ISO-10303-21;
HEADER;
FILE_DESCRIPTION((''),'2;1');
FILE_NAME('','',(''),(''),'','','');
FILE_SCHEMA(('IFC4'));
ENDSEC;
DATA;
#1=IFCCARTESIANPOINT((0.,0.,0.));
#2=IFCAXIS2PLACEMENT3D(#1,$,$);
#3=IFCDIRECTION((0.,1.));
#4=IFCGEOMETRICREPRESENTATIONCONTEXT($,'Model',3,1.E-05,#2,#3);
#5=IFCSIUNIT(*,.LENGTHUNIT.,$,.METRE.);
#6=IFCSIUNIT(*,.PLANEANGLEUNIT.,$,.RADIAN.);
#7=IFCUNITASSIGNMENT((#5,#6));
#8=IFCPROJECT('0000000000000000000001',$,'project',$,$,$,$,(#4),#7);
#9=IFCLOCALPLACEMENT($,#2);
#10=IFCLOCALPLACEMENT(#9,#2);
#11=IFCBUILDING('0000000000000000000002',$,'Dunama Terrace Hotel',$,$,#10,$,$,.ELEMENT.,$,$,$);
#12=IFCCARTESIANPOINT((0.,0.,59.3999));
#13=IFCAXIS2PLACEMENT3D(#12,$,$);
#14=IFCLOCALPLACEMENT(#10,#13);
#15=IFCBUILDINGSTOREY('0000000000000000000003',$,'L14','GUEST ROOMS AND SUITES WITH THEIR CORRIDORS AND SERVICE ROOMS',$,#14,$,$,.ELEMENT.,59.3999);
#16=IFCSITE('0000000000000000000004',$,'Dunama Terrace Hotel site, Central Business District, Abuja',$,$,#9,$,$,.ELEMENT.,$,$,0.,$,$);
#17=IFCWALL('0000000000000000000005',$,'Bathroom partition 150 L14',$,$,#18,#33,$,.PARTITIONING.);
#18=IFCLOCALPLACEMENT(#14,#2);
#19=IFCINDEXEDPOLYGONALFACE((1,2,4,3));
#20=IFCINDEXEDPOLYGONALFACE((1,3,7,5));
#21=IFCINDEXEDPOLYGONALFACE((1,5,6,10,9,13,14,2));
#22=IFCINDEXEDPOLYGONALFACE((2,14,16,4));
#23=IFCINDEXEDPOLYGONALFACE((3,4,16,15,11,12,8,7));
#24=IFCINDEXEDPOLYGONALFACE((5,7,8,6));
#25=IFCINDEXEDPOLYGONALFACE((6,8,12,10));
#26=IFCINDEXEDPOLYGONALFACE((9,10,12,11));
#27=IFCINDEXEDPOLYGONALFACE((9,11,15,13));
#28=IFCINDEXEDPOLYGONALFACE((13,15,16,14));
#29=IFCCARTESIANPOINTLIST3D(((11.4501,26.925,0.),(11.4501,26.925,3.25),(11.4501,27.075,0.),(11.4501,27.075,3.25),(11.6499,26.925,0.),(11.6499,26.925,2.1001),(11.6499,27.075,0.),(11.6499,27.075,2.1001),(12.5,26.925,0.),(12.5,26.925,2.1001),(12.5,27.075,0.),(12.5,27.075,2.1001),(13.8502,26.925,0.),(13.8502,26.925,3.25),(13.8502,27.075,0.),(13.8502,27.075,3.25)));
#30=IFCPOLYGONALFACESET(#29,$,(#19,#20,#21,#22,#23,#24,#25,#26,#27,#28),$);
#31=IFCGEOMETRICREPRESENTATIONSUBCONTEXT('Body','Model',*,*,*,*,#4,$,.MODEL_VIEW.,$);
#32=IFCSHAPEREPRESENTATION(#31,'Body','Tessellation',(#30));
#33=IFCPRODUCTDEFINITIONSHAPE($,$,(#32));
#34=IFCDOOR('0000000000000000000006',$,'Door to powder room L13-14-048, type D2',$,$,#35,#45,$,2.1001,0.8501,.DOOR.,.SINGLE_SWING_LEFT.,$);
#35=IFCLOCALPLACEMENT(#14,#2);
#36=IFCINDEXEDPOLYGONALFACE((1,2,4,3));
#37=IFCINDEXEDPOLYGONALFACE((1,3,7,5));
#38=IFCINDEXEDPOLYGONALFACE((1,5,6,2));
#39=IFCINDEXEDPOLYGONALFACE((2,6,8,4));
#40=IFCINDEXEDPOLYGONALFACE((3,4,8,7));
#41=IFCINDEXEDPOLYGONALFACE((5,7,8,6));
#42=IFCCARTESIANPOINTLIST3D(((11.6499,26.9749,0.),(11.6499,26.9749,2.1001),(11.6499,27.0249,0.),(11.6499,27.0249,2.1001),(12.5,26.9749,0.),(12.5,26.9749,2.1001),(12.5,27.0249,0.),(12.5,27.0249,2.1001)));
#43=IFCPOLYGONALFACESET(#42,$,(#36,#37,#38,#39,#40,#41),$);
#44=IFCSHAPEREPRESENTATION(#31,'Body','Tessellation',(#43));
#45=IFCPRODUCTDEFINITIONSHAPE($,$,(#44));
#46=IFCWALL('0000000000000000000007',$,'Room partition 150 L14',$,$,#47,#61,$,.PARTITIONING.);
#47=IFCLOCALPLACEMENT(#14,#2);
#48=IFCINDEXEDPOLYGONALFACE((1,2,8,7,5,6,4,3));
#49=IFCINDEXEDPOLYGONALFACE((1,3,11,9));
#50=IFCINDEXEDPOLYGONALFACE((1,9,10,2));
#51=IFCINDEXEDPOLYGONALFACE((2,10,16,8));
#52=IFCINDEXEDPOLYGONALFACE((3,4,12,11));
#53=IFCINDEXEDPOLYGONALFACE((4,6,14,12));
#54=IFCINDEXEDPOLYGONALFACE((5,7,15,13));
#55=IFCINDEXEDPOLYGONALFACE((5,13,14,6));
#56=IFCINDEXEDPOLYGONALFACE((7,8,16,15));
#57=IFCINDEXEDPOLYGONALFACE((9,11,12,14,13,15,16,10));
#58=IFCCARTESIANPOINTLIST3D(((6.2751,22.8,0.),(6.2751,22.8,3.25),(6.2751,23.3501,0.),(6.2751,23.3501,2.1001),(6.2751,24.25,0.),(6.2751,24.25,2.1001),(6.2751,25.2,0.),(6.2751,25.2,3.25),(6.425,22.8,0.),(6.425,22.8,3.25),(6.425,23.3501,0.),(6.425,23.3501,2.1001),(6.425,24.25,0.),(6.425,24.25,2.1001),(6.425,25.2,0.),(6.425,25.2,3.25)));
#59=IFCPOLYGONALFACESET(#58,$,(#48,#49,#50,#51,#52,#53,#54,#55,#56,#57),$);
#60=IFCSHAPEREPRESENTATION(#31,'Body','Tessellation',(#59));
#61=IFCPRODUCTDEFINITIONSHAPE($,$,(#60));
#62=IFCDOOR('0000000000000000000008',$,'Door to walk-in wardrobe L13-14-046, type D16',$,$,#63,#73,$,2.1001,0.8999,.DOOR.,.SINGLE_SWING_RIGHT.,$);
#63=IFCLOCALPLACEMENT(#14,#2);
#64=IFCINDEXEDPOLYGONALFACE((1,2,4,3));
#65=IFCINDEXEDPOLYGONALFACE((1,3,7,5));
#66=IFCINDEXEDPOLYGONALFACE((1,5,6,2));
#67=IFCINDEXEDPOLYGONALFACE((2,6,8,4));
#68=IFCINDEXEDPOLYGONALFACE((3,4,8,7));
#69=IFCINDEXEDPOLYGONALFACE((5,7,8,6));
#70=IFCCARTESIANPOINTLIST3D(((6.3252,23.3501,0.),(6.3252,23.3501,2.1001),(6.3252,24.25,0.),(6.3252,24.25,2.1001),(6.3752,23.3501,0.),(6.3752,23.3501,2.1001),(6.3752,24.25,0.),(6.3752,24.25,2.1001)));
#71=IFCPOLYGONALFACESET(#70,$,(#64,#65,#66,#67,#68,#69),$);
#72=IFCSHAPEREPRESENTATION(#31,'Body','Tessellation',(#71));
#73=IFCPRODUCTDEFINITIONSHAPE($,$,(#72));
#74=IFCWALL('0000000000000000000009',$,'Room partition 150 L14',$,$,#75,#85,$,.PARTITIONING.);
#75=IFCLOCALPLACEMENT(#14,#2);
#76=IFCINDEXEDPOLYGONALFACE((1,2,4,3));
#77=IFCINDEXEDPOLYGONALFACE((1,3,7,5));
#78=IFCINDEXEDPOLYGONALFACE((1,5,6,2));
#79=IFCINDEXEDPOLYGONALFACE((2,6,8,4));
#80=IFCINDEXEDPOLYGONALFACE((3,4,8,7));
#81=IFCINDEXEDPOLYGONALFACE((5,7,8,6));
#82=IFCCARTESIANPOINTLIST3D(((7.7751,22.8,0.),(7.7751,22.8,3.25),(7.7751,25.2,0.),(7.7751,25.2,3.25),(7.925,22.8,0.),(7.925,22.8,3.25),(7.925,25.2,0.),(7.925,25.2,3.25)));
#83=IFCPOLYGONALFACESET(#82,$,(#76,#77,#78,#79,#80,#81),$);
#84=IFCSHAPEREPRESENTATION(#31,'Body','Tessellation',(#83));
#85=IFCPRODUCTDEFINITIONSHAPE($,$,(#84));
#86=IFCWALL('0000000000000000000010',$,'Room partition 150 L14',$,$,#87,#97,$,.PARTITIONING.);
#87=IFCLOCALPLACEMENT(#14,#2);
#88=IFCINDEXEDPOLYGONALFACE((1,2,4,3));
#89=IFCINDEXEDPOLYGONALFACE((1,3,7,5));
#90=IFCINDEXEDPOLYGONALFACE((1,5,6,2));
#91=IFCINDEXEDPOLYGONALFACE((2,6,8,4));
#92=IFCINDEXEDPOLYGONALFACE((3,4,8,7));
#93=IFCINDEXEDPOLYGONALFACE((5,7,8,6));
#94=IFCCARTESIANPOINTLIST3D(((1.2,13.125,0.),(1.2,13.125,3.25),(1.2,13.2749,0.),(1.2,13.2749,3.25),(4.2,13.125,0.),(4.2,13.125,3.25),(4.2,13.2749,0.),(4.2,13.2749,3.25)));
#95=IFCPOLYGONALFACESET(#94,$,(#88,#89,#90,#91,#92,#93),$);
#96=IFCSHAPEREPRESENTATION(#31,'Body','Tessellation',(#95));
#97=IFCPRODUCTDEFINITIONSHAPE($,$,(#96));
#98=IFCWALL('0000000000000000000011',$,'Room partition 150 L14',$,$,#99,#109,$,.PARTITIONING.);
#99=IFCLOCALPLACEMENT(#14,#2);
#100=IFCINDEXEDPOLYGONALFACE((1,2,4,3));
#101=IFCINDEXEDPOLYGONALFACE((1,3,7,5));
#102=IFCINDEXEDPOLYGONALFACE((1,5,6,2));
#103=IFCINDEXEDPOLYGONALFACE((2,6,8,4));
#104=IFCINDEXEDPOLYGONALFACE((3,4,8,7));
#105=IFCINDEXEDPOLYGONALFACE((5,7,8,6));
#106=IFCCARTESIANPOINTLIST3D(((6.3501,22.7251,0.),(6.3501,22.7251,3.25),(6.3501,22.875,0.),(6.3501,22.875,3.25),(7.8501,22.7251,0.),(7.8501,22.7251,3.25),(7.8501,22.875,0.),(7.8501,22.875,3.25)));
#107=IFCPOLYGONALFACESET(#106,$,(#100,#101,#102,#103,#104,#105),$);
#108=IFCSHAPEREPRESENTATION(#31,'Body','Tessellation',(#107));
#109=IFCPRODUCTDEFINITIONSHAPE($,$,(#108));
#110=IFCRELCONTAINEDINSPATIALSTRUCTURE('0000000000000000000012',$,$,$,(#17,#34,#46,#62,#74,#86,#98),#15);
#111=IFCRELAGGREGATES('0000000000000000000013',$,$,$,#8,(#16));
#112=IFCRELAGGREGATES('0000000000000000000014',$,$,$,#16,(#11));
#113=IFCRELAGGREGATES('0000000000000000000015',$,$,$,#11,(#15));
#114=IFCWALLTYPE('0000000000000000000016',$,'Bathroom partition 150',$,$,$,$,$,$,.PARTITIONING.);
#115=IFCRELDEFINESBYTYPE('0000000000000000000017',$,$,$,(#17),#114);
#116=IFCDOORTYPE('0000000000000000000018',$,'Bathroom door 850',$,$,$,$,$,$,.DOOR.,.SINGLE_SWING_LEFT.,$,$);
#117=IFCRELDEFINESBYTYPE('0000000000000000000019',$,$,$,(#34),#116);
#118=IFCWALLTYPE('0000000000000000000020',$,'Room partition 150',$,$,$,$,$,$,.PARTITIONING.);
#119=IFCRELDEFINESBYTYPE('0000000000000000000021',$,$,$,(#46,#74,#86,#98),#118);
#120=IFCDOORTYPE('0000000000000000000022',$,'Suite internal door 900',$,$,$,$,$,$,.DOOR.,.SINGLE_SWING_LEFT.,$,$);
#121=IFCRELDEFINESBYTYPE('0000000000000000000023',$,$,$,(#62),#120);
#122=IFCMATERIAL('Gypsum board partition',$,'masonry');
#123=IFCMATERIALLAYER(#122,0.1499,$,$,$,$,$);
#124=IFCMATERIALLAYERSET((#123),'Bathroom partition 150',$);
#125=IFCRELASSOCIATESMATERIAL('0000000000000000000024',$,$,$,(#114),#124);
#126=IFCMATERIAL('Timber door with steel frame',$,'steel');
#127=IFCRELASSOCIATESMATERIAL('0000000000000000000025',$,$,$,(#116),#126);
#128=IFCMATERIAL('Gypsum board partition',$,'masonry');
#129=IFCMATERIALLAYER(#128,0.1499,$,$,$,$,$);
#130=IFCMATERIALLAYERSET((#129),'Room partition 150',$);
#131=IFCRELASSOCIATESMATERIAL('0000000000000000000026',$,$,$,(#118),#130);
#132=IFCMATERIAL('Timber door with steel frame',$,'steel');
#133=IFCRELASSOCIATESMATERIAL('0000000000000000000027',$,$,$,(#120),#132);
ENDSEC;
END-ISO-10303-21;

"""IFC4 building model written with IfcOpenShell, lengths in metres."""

from ifc_helpers import new_model, si_unit, direction, frame, frame_2d, origin, place, context, subcontext, project, spatial, rectangle, extrude, material, layer, layer_set, type_object, element, fill, save


model = new_model("IFC4")

# Units and contexts
model_context = context("Model", 3, precision=1e-05, world=origin(), true_north=direction((0.0, 1.0)))
body_context = subcontext(model_context, "Body", "Model", "MODEL_VIEW")
ifc_project = project(units=[si_unit("LENGTHUNIT", "METRE"), si_unit("PLANEANGLEUNIT", "RADIAN")], contexts=[model_context])

# Site, building, storey
site_placement = place(None, origin())
site = spatial("IfcSite", under=ifc_project, at=site_placement, Name="Dunama Terrace Hotel site, Central Business District, Abuja", CompositionType="ELEMENT", RefElevation=0.0)
building_placement = place(site_placement, origin())
building = spatial("IfcBuilding", under=site, at=building_placement, Name="Dunama Terrace Hotel", CompositionType="ELEMENT")
storey_placement = place(building_placement, frame((0.0, 0.0, 59.3999)))
storey = spatial("IfcBuildingStorey", under=building, at=storey_placement, Name="L14", Description="GUEST ROOMS AND SUITES WITH THEIR CORRIDORS AND SERVICE ROOMS", CompositionType="ELEMENT", Elevation=59.3999)

# Shared definitions
ifc_material_1 = material(Name="Gypsum board partition", Category="masonry")
ifc_layer_1 = layer(ifc_material_1, 0.1499)
ifc_layer_set_1 = layer_set([ifc_layer_1], Name="Bathroom partition 150")
wall_type_1 = type_object("IfcWallType", Name="Bathroom partition 150", PredefinedType="PARTITIONING", material=ifc_layer_set_1)
ifc_material_2 = material(Name="Timber door with steel frame", Category="steel")
door_type_1 = type_object("IfcDoorType", Name="Bathroom door 850", OperationType="SINGLE_SWING_LEFT", PredefinedType="DOOR", material=ifc_material_2)

# Walls, openings, doors
wall_1_placement = place(storey_placement, frame((11.45, 27.0, 0.0), z_axis=(0.0, 0.0, 1.0), x_axis=(1.0, 0.0, 0.0)))
wall_1 = element("IfcWall", 1, at=wall_1_placement, inside=storey, type_object=wall_type_1, Name="Bathroom partition 150 L14", PredefinedType="PARTITIONING", context=body_context, shape_type="SweptSolid", body=[
    extrude(rectangle(XDim=2.4001, YDim=0.1499, at=frame_2d((1.2002, 0.0))), origin(), (0.0, 0.0, 1.0), 3.25),
])
opening_1_placement = place(wall_1_placement, frame((0.2, 0.0, 0.0)))
opening_1 = element("IfcOpeningElement", 2, at=opening_1_placement, cuts=wall_1, PredefinedType="OPENING", context=body_context, shape_type="SweptSolid", body=[
    extrude(rectangle(XDim=0.8501, YDim=2.1001, at=frame_2d((0.425, 1.05))), frame((0.0, 0.085, 0.0), z_axis=(0.0, -1.0, 0.0), x_axis=(1.0, 0.0, 0.0)), (0.0, 0.0, 1.0), 0.1699),
])
door_1_placement = place(opening_1_placement, frame((0.8501, 0.0, 0.0), z_axis=(0.0, 0.0, 1.0), x_axis=(-1.0, 0.0, 0.0)))
door_1 = element("IfcDoor", 3, at=door_1_placement, inside=storey, type_object=door_type_1, Name="Door to powder room L13-14-048, type D2", OperationType="SINGLE_SWING_LEFT", OverallHeight=2.1001, OverallWidth=0.8501, PredefinedType="DOOR", context=body_context, shape_type="SweptSolid", body=[
    extrude(rectangle(XDim=0.8501, YDim=2.1001, at=frame_2d((0.425, 1.05))), frame((0.0, 0.0251, 0.0), z_axis=(0.0, -1.0, 0.0), x_axis=(1.0, 0.0, 0.0)), (0.0, 0.0, 1.0), 0.05),
])
fill(opening_1, door_1)
ifc_material_3 = material(Name="Gypsum board partition", Category="masonry")
ifc_layer_2 = layer(ifc_material_3, 0.1499)
ifc_layer_set_2 = layer_set([ifc_layer_2], Name="Room partition 150")
wall_type_2 = type_object("IfcWallType", Name="Room partition 150", PredefinedType="PARTITIONING", material=ifc_layer_set_2)
wall_2_placement = place(storey_placement, frame((6.3501, 22.8, 0.0), z_axis=(0.0, 0.0, 1.0), x_axis=(0.0, 1.0, 0.0)))
wall_2 = element("IfcWall", 4, at=wall_2_placement, inside=storey, type_object=wall_type_2, Name="Room partition 150 L14", PredefinedType="PARTITIONING", context=body_context, shape_type="SweptSolid", body=[
    extrude(rectangle(XDim=2.3999, YDim=0.1499, at=frame_2d((1.2, 0.0))), origin(), (0.0, 0.0, 1.0), 3.25),
])
opening_2_placement = place(wall_2_placement, frame((0.55, 0.0, 0.0)))
opening_2 = element("IfcOpeningElement", 5, at=opening_2_placement, cuts=wall_2, PredefinedType="OPENING", context=body_context, shape_type="SweptSolid", body=[
    extrude(rectangle(XDim=0.8999, YDim=2.1001, at=frame_2d((0.45, 1.05))), frame((0.0, 0.085, 0.0), z_axis=(0.0, -1.0, 0.0), x_axis=(1.0, 0.0, 0.0)), (0.0, 0.0, 1.0), 0.1699),
])
ifc_material_4 = material(Name="Timber door with steel frame", Category="steel")
door_type_2 = type_object("IfcDoorType", Name="Suite internal door 900", OperationType="SINGLE_SWING_LEFT", PredefinedType="DOOR", material=ifc_material_4)
door_2_placement = place(opening_2_placement, frame((0.8999, 0.0, 0.0), z_axis=(0.0, 0.0, 1.0), x_axis=(-1.0, 0.0, 0.0)))
door_2 = element("IfcDoor", 6, at=door_2_placement, inside=storey, type_object=door_type_2, Name="Door to walk-in wardrobe L13-14-046, type D16", OperationType="SINGLE_SWING_RIGHT", OverallHeight=2.1001, OverallWidth=0.8999, PredefinedType="DOOR", context=body_context, shape_type="SweptSolid", body=[
    extrude(rectangle(XDim=0.8999, YDim=2.1001, at=frame_2d((0.45, 1.05))), frame((0.0, 0.0251, 0.0), z_axis=(0.0, -1.0, 0.0), x_axis=(1.0, 0.0, 0.0)), (0.0, 0.0, 1.0), 0.05),
])
fill(opening_2, door_2)

# Walls
wall_3_placement = place(storey_placement, frame((7.8501, 22.8, 0.0), z_axis=(0.0, 0.0, 1.0), x_axis=(0.0, 1.0, 0.0)))
element("IfcWall", 7, at=wall_3_placement, inside=storey, type_object=wall_type_2, Name="Room partition 150 L14", PredefinedType="PARTITIONING", context=body_context, shape_type="SweptSolid", body=[
    extrude(rectangle(XDim=2.3999, YDim=0.1499, at=frame_2d((1.2, 0.0))), origin(), (0.0, 0.0, 1.0), 3.25),
])
wall_4_placement = place(storey_placement, frame((1.2, 13.2, 0.0), z_axis=(0.0, 0.0, 1.0), x_axis=(1.0, 0.0, 0.0)))
element("IfcWall", 8, at=wall_4_placement, inside=storey, type_object=wall_type_2, Name="Room partition 150 L14", PredefinedType="PARTITIONING", context=body_context, shape_type="SweptSolid", body=[
    extrude(rectangle(XDim=3.0, YDim=0.1499, at=frame_2d((1.5, 0.0))), origin(), (0.0, 0.0, 1.0), 3.25),
])
wall_5_placement = place(storey_placement, frame((6.3501, 22.8, 0.0), z_axis=(0.0, 0.0, 1.0), x_axis=(1.0, 0.0, 0.0)))
element("IfcWall", 9, at=wall_5_placement, inside=storey, type_object=wall_type_2, Name="Room partition 150 L14", PredefinedType="PARTITIONING", context=body_context, shape_type="SweptSolid", body=[
    extrude(rectangle(XDim=1.5, YDim=0.1499, at=frame_2d((0.75, 0.0))), origin(), (0.0, 0.0, 1.0), 3.25),
])

save(model, "model.ifc")
